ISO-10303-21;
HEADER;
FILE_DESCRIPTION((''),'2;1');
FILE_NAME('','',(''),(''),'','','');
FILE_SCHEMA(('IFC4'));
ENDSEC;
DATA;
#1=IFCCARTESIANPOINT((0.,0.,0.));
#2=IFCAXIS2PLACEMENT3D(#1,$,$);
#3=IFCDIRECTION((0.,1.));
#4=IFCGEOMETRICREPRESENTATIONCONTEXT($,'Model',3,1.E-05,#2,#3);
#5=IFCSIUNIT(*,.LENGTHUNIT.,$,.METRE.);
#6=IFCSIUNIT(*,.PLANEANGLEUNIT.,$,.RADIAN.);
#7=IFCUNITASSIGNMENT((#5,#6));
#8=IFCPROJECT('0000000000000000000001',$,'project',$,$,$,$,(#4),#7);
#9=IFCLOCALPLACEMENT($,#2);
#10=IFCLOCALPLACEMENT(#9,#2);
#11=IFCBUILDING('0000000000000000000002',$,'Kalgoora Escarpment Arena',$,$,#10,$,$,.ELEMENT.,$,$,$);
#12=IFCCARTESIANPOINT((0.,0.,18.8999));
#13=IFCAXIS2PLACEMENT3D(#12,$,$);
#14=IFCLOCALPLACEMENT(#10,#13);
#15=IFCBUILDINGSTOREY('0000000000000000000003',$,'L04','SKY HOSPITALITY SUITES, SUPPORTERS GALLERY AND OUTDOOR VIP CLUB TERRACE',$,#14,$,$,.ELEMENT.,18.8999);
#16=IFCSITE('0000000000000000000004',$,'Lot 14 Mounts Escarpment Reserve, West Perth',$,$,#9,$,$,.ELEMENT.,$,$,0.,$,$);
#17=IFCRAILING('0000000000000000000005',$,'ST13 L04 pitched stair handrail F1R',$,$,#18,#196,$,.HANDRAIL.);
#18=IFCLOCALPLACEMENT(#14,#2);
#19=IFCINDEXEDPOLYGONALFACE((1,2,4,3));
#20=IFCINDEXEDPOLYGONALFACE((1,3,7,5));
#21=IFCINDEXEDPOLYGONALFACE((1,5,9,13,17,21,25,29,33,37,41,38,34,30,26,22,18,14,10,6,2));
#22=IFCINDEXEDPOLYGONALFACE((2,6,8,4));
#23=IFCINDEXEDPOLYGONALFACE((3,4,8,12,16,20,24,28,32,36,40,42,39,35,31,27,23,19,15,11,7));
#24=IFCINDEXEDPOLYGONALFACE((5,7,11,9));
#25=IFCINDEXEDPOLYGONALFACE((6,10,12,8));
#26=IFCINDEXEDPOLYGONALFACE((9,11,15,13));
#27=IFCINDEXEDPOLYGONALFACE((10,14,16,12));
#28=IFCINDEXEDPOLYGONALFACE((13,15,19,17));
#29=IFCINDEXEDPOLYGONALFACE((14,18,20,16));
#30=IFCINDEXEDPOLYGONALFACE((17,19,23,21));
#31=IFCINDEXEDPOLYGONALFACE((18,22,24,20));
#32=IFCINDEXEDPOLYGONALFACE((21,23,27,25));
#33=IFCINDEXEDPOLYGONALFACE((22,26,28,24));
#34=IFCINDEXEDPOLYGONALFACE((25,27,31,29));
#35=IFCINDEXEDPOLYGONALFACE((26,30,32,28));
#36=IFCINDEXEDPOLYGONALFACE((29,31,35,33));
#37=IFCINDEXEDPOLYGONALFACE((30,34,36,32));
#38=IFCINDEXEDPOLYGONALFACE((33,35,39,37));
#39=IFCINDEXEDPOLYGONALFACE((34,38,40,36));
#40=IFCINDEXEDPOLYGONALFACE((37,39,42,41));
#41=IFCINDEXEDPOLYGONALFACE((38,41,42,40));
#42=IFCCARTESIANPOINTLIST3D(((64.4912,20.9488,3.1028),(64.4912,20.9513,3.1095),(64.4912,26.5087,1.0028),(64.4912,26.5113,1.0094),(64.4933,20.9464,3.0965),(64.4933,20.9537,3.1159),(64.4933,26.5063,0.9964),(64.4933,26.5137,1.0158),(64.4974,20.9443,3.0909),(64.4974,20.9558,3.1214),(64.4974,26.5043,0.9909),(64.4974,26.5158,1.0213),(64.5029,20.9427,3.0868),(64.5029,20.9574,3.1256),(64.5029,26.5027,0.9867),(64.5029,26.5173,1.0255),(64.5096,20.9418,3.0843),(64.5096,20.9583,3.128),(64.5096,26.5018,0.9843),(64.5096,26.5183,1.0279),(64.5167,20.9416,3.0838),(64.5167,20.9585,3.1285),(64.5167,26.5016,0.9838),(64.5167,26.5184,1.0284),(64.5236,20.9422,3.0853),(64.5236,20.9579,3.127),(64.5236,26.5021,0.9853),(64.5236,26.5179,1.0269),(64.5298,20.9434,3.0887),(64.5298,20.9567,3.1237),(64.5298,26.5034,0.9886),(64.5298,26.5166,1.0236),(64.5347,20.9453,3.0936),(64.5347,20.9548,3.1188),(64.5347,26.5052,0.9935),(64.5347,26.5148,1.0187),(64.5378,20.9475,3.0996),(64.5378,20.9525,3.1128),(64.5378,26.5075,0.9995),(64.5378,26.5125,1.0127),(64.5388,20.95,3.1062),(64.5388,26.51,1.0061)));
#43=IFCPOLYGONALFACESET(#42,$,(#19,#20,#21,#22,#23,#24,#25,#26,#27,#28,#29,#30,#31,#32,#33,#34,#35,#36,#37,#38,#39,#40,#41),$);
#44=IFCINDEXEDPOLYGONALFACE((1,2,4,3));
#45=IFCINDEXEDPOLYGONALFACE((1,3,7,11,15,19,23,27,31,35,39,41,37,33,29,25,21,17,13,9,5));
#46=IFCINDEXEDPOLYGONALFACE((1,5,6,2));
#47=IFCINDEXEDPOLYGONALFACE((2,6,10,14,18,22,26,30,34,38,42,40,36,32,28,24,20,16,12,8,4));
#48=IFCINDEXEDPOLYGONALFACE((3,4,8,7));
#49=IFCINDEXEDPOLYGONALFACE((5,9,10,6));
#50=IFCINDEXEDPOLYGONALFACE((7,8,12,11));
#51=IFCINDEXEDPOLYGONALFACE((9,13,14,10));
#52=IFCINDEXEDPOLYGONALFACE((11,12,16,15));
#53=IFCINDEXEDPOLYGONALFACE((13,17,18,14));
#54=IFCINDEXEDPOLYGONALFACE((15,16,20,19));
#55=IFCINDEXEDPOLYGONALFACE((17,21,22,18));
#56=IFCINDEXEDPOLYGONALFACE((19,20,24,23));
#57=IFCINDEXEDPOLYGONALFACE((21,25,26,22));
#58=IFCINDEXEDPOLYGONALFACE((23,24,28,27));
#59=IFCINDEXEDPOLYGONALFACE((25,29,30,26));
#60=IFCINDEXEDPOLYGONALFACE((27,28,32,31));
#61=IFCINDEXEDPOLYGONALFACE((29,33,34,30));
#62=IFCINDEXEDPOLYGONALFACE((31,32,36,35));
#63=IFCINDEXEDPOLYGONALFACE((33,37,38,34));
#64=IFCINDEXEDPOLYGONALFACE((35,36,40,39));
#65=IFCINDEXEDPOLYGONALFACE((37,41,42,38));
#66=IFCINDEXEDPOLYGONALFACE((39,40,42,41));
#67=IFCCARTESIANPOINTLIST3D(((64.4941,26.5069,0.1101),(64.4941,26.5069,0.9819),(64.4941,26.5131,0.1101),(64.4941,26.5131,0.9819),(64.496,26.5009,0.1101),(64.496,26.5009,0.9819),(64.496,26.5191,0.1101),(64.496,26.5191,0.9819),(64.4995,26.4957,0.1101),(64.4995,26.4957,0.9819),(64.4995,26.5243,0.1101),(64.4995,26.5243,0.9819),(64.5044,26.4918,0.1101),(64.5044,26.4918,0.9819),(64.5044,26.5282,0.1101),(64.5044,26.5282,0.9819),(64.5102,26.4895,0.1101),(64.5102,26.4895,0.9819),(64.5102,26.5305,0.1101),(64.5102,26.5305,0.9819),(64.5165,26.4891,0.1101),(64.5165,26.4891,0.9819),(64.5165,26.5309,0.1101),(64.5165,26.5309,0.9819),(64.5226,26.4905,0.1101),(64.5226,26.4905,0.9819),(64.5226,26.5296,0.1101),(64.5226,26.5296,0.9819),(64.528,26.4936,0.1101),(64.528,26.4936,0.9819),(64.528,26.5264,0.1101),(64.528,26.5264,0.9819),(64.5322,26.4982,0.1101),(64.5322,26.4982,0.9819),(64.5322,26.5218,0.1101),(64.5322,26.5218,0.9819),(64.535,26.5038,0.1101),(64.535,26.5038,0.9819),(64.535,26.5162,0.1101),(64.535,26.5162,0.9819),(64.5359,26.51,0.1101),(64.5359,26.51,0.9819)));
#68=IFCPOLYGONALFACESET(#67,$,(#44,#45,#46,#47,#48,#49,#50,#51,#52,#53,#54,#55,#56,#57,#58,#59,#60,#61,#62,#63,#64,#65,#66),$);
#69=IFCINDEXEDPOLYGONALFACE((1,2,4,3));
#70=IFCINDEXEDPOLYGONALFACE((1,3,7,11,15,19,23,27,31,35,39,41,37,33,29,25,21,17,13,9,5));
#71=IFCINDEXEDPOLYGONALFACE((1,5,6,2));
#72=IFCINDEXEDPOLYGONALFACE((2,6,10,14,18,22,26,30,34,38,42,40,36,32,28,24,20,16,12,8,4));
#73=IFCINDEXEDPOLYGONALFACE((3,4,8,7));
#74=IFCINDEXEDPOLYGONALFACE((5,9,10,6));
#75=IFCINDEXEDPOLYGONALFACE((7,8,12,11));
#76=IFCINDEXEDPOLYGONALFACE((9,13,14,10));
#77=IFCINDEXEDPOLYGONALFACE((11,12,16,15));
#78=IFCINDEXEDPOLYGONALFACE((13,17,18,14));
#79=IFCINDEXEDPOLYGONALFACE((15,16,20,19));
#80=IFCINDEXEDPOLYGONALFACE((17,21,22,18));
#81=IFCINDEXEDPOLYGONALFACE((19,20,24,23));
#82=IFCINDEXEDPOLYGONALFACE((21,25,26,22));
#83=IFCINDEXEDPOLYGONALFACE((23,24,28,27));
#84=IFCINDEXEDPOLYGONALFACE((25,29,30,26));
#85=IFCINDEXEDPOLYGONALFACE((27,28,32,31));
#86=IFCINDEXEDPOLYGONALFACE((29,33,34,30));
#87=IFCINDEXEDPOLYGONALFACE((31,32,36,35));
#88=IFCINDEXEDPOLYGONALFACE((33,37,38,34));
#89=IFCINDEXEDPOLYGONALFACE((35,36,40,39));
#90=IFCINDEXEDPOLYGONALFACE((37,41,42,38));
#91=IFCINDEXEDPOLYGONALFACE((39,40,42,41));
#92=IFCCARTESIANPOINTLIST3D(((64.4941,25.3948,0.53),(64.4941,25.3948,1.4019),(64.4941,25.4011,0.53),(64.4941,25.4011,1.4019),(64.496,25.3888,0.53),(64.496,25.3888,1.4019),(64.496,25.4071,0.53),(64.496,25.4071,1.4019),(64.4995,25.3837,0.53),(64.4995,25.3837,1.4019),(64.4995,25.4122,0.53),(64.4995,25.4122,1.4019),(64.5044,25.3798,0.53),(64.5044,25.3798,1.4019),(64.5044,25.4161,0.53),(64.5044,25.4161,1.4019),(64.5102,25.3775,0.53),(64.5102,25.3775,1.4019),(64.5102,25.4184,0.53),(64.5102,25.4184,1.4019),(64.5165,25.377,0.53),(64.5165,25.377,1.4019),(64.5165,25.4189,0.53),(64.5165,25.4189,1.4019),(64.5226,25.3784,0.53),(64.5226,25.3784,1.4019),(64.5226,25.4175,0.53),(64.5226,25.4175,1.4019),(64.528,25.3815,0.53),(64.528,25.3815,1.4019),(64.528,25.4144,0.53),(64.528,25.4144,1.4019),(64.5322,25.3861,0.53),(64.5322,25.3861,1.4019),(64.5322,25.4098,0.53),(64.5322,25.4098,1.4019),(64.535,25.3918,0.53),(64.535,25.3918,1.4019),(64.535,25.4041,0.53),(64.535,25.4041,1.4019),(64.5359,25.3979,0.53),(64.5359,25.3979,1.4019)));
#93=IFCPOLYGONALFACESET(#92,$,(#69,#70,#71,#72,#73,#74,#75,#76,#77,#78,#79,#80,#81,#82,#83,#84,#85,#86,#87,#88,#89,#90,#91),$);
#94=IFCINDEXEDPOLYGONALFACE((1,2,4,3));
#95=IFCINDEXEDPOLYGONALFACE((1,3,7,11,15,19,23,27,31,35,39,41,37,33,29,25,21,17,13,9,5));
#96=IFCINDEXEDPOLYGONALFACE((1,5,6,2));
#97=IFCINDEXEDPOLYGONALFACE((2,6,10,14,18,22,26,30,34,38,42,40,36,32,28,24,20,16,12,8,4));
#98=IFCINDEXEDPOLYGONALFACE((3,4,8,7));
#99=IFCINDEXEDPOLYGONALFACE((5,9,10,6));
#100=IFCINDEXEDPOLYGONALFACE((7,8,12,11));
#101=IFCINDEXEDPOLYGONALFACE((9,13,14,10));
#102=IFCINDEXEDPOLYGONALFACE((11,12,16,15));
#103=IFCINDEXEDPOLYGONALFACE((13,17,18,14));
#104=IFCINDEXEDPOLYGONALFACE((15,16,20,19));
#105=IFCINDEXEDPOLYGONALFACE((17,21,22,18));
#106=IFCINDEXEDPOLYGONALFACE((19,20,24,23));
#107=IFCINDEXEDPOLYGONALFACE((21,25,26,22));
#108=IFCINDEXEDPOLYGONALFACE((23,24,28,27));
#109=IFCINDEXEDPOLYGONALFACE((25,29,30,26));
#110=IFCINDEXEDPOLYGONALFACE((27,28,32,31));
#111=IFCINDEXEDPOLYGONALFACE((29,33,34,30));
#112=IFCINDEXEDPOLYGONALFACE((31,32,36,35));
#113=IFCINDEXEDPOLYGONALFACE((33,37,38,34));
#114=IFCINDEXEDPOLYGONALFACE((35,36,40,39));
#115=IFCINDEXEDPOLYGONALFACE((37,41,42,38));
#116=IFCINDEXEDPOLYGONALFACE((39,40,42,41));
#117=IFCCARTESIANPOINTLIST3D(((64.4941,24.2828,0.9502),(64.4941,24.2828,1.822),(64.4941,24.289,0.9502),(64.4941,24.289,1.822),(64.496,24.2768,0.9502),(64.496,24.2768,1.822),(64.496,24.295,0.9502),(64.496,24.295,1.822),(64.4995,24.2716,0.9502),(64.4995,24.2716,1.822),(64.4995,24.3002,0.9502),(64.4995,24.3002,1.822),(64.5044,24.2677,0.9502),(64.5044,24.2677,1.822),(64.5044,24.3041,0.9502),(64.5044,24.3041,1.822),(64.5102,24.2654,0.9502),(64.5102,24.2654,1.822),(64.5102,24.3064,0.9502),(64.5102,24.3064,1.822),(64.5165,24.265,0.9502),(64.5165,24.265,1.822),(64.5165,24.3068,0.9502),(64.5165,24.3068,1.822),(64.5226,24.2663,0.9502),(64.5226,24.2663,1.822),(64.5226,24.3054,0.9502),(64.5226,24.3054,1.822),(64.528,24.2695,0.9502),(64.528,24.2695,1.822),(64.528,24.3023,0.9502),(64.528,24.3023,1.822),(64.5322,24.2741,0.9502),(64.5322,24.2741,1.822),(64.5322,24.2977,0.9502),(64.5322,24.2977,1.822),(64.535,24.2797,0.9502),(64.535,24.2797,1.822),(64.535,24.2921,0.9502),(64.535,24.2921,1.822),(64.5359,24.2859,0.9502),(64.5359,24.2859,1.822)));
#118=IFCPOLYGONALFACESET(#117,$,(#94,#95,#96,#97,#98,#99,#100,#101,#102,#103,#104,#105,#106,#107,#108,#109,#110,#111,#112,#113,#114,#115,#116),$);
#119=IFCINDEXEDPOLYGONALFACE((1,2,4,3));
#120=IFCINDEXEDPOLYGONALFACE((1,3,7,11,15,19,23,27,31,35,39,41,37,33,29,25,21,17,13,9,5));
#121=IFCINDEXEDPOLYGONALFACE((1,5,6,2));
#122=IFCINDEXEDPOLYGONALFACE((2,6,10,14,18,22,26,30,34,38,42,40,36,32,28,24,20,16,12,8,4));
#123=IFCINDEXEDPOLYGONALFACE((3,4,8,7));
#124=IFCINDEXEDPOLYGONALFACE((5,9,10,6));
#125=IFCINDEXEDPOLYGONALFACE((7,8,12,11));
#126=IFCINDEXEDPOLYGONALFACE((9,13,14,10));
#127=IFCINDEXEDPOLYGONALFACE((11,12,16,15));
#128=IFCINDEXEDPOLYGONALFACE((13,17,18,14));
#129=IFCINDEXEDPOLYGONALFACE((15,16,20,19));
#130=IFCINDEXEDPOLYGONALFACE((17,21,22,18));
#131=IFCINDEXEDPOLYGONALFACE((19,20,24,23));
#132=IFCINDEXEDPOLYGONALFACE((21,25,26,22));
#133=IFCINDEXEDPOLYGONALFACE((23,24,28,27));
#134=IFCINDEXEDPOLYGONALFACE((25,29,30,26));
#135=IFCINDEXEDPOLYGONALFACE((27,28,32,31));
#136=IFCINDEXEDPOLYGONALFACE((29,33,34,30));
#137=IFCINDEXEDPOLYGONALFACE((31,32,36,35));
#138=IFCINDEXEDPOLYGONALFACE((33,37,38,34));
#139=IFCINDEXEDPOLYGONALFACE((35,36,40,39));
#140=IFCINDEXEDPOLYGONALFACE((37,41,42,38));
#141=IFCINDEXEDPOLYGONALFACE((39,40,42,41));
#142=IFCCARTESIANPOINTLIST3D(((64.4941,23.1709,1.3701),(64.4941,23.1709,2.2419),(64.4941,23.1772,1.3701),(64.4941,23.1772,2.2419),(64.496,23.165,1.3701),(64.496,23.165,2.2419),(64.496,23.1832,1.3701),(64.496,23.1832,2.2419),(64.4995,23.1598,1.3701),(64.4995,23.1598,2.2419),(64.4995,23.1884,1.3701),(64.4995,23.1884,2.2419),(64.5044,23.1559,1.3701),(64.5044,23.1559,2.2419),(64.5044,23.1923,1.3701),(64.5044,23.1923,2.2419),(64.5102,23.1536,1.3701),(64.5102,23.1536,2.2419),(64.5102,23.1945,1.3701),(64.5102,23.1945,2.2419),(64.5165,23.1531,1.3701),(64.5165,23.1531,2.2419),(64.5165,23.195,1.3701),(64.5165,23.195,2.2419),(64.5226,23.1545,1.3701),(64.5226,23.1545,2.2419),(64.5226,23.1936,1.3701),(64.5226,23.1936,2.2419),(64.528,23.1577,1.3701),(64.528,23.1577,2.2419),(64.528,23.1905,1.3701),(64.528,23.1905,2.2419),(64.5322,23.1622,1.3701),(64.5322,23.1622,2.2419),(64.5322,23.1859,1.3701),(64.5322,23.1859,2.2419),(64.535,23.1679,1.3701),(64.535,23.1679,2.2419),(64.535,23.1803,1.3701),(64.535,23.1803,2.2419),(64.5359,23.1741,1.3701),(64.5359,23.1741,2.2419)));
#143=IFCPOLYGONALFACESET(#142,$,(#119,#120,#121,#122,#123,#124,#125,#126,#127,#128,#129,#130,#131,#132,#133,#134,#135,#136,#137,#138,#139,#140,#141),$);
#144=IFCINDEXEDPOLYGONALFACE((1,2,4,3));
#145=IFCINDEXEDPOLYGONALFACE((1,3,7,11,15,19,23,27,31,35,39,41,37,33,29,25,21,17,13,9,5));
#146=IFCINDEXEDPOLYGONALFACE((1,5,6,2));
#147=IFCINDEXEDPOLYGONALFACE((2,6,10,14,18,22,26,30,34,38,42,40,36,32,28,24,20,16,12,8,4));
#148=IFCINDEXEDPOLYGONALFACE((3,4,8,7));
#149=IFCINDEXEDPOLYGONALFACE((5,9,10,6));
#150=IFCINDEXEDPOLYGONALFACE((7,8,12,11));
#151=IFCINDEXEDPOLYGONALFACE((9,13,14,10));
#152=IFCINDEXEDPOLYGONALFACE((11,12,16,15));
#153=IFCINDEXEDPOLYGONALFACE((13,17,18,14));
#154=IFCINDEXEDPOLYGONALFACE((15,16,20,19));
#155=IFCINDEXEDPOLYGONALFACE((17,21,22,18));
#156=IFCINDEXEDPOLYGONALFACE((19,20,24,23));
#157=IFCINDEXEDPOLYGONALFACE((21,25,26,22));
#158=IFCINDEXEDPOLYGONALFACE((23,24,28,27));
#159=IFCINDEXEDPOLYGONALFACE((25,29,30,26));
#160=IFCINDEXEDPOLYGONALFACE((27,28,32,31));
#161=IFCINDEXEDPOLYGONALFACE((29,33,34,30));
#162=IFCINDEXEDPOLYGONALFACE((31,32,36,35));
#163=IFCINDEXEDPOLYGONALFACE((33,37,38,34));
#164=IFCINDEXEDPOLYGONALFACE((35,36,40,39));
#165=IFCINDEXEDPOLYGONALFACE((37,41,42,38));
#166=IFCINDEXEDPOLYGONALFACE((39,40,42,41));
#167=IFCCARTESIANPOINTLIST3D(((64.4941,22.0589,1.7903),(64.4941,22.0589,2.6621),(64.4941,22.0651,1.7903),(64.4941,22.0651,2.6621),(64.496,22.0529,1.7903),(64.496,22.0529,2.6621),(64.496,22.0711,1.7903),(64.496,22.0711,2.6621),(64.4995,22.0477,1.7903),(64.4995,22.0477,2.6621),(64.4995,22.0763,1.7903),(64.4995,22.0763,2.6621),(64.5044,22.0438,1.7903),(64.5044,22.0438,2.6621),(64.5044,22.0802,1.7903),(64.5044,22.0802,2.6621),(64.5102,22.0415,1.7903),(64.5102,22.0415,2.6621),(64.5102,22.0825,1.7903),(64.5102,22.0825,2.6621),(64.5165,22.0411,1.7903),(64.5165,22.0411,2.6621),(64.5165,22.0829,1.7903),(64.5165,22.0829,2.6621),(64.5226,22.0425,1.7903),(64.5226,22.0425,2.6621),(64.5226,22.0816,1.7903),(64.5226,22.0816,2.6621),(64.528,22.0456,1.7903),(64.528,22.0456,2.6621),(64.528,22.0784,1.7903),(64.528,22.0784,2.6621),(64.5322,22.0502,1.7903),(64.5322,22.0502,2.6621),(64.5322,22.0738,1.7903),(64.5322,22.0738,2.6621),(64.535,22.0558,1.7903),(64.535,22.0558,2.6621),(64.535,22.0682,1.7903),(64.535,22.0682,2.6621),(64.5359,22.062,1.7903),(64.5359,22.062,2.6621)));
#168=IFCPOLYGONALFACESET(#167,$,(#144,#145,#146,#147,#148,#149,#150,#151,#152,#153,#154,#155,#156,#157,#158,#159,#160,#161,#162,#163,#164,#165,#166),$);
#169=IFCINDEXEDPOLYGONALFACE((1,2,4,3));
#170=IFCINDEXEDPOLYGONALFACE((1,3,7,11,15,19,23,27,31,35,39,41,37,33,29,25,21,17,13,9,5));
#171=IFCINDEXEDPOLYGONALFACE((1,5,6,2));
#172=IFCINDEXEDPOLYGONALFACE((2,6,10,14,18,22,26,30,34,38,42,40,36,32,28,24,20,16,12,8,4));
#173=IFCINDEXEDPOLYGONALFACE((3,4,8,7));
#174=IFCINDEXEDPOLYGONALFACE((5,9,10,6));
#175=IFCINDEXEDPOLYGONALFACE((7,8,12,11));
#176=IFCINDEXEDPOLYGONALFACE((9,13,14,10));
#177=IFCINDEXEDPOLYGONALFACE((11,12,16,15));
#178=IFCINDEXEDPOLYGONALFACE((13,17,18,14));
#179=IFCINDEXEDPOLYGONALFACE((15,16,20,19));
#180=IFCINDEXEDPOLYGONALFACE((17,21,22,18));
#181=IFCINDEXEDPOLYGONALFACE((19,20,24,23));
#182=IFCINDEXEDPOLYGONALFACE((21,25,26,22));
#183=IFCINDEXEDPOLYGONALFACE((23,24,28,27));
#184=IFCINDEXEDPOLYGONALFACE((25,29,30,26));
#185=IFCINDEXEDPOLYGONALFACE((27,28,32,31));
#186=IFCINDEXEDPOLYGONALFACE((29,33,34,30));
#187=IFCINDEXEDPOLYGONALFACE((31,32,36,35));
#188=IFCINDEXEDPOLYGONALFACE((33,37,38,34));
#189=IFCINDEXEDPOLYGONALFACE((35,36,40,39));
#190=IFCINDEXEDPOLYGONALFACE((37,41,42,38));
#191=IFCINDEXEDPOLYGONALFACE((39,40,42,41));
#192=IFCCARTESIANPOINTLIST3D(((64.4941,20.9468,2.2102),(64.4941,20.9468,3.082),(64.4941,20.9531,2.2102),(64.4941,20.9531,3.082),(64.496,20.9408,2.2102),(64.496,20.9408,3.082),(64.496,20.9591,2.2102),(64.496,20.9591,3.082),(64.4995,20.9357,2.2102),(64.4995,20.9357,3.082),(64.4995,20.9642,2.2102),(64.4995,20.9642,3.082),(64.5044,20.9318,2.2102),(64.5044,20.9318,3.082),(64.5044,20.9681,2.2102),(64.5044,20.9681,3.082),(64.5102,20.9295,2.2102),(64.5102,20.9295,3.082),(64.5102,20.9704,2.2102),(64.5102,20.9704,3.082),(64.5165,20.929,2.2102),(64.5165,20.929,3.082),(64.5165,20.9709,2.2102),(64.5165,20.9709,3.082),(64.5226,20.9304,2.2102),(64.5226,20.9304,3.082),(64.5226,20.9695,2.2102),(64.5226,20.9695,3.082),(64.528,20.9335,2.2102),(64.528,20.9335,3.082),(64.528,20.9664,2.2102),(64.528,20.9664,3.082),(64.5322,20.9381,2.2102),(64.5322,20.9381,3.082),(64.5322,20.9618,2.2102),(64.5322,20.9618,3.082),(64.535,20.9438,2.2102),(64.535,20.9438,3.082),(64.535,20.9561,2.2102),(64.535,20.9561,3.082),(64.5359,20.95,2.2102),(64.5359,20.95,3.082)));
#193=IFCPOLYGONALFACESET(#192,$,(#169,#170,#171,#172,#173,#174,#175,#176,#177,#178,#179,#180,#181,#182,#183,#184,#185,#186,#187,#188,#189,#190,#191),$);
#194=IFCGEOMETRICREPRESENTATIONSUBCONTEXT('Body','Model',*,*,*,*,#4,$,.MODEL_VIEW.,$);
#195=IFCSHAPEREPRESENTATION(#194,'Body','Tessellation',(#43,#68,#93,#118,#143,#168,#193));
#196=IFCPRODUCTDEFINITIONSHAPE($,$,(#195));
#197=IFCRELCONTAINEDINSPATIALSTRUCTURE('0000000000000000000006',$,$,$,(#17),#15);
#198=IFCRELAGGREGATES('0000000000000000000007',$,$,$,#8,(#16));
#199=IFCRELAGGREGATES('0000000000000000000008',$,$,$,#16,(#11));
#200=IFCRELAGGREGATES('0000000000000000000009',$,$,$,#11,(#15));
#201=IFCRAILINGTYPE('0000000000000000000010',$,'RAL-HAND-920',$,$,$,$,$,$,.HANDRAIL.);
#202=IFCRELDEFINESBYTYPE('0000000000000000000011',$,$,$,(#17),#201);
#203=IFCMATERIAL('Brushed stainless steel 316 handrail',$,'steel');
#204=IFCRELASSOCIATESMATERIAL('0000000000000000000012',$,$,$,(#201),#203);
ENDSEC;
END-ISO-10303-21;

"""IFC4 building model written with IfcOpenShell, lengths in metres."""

from ifc_helpers import new_model, si_unit, direction, frame, origin, origin_2d, place, context, subcontext, project, spatial, circle, extrude, material, type_object, element, save


model = new_model("IFC4")

# Units and contexts
model_context = context("Model", 3, precision=1e-05, world=origin(), true_north=direction((0.0, 1.0)))
body_context = subcontext(model_context, "Body", "Model", "MODEL_VIEW")
ifc_project = project(units=[si_unit("LENGTHUNIT", "METRE"), si_unit("PLANEANGLEUNIT", "RADIAN")], contexts=[model_context])

# Site, building, storey
site_placement = place(None, origin())
site = spatial("IfcSite", under=ifc_project, at=site_placement, Name="Lot 14 Mounts Escarpment Reserve, West Perth", CompositionType="ELEMENT", RefElevation=0.0)
building_placement = place(site_placement, origin())
building = spatial("IfcBuilding", under=site, at=building_placement, Name="Kalgoora Escarpment Arena", CompositionType="ELEMENT")
storey_placement = place(building_placement, frame((0.0, 0.0, 18.8999)))
storey = spatial("IfcBuildingStorey", under=building, at=storey_placement, Name="L04", Description="SKY HOSPITALITY SUITES, SUPPORTERS GALLERY AND OUTDOOR VIP CLUB TERRACE", CompositionType="ELEMENT", Elevation=18.8999)

# Railing
ifc_material_1 = material(Name="Brushed stainless steel 316 handrail", Category="steel")
railing_type_1 = type_object("IfcRailingType", Name="RAL-HAND-920", PredefinedType="HANDRAIL", material=ifc_material_1)
for number, where, name in (
    (1, (64.5149, 26.51, 0.1101), "ST13 L04 pitched stair handrail F1R"),
):
    element("IfcRailing", number, at=place(storey_placement, frame(where)), inside=storey, type_object=railing_type_1, Name=name, PredefinedType="HANDRAIL", context=body_context, shape_type="SweptSolid", body=[
        extrude(circle(Radius=0.0239, at=origin_2d()), frame((0.0, 0.0, 0.896), z_axis=(0.0, -0.935493, 0.353346), x_axis=(1.0, 0.0, 0.0)), (0.0, 0.0, 1.0), 5.9434),
        extrude(circle(Radius=0.021, at=origin_2d()), origin(), (0.0, 0.0, 1.0), 0.8718),
        extrude(circle(Radius=0.021, at=origin_2d()), frame((0.0, -1.1121, 0.4199)), (0.0, 0.0, 1.0), 0.8718),
        extrude(circle(Radius=0.021, at=origin_2d()), frame((0.0, -2.2241, 0.8401)), (0.0, 0.0, 1.0), 0.8718),
        extrude(circle(Radius=0.021, at=origin_2d()), frame((0.0, -3.3359, 1.26)), (0.0, 0.0, 1.0), 0.8718),
        extrude(circle(Radius=0.021, at=origin_2d()), frame((0.0, -4.448, 1.6802)), (0.0, 0.0, 1.0), 0.8718),
        extrude(circle(Radius=0.021, at=origin_2d()), frame((0.0, -5.5601, 2.1001)), (0.0, 0.0, 1.0), 0.8718),
    ])

save(model, "model.ifc")
